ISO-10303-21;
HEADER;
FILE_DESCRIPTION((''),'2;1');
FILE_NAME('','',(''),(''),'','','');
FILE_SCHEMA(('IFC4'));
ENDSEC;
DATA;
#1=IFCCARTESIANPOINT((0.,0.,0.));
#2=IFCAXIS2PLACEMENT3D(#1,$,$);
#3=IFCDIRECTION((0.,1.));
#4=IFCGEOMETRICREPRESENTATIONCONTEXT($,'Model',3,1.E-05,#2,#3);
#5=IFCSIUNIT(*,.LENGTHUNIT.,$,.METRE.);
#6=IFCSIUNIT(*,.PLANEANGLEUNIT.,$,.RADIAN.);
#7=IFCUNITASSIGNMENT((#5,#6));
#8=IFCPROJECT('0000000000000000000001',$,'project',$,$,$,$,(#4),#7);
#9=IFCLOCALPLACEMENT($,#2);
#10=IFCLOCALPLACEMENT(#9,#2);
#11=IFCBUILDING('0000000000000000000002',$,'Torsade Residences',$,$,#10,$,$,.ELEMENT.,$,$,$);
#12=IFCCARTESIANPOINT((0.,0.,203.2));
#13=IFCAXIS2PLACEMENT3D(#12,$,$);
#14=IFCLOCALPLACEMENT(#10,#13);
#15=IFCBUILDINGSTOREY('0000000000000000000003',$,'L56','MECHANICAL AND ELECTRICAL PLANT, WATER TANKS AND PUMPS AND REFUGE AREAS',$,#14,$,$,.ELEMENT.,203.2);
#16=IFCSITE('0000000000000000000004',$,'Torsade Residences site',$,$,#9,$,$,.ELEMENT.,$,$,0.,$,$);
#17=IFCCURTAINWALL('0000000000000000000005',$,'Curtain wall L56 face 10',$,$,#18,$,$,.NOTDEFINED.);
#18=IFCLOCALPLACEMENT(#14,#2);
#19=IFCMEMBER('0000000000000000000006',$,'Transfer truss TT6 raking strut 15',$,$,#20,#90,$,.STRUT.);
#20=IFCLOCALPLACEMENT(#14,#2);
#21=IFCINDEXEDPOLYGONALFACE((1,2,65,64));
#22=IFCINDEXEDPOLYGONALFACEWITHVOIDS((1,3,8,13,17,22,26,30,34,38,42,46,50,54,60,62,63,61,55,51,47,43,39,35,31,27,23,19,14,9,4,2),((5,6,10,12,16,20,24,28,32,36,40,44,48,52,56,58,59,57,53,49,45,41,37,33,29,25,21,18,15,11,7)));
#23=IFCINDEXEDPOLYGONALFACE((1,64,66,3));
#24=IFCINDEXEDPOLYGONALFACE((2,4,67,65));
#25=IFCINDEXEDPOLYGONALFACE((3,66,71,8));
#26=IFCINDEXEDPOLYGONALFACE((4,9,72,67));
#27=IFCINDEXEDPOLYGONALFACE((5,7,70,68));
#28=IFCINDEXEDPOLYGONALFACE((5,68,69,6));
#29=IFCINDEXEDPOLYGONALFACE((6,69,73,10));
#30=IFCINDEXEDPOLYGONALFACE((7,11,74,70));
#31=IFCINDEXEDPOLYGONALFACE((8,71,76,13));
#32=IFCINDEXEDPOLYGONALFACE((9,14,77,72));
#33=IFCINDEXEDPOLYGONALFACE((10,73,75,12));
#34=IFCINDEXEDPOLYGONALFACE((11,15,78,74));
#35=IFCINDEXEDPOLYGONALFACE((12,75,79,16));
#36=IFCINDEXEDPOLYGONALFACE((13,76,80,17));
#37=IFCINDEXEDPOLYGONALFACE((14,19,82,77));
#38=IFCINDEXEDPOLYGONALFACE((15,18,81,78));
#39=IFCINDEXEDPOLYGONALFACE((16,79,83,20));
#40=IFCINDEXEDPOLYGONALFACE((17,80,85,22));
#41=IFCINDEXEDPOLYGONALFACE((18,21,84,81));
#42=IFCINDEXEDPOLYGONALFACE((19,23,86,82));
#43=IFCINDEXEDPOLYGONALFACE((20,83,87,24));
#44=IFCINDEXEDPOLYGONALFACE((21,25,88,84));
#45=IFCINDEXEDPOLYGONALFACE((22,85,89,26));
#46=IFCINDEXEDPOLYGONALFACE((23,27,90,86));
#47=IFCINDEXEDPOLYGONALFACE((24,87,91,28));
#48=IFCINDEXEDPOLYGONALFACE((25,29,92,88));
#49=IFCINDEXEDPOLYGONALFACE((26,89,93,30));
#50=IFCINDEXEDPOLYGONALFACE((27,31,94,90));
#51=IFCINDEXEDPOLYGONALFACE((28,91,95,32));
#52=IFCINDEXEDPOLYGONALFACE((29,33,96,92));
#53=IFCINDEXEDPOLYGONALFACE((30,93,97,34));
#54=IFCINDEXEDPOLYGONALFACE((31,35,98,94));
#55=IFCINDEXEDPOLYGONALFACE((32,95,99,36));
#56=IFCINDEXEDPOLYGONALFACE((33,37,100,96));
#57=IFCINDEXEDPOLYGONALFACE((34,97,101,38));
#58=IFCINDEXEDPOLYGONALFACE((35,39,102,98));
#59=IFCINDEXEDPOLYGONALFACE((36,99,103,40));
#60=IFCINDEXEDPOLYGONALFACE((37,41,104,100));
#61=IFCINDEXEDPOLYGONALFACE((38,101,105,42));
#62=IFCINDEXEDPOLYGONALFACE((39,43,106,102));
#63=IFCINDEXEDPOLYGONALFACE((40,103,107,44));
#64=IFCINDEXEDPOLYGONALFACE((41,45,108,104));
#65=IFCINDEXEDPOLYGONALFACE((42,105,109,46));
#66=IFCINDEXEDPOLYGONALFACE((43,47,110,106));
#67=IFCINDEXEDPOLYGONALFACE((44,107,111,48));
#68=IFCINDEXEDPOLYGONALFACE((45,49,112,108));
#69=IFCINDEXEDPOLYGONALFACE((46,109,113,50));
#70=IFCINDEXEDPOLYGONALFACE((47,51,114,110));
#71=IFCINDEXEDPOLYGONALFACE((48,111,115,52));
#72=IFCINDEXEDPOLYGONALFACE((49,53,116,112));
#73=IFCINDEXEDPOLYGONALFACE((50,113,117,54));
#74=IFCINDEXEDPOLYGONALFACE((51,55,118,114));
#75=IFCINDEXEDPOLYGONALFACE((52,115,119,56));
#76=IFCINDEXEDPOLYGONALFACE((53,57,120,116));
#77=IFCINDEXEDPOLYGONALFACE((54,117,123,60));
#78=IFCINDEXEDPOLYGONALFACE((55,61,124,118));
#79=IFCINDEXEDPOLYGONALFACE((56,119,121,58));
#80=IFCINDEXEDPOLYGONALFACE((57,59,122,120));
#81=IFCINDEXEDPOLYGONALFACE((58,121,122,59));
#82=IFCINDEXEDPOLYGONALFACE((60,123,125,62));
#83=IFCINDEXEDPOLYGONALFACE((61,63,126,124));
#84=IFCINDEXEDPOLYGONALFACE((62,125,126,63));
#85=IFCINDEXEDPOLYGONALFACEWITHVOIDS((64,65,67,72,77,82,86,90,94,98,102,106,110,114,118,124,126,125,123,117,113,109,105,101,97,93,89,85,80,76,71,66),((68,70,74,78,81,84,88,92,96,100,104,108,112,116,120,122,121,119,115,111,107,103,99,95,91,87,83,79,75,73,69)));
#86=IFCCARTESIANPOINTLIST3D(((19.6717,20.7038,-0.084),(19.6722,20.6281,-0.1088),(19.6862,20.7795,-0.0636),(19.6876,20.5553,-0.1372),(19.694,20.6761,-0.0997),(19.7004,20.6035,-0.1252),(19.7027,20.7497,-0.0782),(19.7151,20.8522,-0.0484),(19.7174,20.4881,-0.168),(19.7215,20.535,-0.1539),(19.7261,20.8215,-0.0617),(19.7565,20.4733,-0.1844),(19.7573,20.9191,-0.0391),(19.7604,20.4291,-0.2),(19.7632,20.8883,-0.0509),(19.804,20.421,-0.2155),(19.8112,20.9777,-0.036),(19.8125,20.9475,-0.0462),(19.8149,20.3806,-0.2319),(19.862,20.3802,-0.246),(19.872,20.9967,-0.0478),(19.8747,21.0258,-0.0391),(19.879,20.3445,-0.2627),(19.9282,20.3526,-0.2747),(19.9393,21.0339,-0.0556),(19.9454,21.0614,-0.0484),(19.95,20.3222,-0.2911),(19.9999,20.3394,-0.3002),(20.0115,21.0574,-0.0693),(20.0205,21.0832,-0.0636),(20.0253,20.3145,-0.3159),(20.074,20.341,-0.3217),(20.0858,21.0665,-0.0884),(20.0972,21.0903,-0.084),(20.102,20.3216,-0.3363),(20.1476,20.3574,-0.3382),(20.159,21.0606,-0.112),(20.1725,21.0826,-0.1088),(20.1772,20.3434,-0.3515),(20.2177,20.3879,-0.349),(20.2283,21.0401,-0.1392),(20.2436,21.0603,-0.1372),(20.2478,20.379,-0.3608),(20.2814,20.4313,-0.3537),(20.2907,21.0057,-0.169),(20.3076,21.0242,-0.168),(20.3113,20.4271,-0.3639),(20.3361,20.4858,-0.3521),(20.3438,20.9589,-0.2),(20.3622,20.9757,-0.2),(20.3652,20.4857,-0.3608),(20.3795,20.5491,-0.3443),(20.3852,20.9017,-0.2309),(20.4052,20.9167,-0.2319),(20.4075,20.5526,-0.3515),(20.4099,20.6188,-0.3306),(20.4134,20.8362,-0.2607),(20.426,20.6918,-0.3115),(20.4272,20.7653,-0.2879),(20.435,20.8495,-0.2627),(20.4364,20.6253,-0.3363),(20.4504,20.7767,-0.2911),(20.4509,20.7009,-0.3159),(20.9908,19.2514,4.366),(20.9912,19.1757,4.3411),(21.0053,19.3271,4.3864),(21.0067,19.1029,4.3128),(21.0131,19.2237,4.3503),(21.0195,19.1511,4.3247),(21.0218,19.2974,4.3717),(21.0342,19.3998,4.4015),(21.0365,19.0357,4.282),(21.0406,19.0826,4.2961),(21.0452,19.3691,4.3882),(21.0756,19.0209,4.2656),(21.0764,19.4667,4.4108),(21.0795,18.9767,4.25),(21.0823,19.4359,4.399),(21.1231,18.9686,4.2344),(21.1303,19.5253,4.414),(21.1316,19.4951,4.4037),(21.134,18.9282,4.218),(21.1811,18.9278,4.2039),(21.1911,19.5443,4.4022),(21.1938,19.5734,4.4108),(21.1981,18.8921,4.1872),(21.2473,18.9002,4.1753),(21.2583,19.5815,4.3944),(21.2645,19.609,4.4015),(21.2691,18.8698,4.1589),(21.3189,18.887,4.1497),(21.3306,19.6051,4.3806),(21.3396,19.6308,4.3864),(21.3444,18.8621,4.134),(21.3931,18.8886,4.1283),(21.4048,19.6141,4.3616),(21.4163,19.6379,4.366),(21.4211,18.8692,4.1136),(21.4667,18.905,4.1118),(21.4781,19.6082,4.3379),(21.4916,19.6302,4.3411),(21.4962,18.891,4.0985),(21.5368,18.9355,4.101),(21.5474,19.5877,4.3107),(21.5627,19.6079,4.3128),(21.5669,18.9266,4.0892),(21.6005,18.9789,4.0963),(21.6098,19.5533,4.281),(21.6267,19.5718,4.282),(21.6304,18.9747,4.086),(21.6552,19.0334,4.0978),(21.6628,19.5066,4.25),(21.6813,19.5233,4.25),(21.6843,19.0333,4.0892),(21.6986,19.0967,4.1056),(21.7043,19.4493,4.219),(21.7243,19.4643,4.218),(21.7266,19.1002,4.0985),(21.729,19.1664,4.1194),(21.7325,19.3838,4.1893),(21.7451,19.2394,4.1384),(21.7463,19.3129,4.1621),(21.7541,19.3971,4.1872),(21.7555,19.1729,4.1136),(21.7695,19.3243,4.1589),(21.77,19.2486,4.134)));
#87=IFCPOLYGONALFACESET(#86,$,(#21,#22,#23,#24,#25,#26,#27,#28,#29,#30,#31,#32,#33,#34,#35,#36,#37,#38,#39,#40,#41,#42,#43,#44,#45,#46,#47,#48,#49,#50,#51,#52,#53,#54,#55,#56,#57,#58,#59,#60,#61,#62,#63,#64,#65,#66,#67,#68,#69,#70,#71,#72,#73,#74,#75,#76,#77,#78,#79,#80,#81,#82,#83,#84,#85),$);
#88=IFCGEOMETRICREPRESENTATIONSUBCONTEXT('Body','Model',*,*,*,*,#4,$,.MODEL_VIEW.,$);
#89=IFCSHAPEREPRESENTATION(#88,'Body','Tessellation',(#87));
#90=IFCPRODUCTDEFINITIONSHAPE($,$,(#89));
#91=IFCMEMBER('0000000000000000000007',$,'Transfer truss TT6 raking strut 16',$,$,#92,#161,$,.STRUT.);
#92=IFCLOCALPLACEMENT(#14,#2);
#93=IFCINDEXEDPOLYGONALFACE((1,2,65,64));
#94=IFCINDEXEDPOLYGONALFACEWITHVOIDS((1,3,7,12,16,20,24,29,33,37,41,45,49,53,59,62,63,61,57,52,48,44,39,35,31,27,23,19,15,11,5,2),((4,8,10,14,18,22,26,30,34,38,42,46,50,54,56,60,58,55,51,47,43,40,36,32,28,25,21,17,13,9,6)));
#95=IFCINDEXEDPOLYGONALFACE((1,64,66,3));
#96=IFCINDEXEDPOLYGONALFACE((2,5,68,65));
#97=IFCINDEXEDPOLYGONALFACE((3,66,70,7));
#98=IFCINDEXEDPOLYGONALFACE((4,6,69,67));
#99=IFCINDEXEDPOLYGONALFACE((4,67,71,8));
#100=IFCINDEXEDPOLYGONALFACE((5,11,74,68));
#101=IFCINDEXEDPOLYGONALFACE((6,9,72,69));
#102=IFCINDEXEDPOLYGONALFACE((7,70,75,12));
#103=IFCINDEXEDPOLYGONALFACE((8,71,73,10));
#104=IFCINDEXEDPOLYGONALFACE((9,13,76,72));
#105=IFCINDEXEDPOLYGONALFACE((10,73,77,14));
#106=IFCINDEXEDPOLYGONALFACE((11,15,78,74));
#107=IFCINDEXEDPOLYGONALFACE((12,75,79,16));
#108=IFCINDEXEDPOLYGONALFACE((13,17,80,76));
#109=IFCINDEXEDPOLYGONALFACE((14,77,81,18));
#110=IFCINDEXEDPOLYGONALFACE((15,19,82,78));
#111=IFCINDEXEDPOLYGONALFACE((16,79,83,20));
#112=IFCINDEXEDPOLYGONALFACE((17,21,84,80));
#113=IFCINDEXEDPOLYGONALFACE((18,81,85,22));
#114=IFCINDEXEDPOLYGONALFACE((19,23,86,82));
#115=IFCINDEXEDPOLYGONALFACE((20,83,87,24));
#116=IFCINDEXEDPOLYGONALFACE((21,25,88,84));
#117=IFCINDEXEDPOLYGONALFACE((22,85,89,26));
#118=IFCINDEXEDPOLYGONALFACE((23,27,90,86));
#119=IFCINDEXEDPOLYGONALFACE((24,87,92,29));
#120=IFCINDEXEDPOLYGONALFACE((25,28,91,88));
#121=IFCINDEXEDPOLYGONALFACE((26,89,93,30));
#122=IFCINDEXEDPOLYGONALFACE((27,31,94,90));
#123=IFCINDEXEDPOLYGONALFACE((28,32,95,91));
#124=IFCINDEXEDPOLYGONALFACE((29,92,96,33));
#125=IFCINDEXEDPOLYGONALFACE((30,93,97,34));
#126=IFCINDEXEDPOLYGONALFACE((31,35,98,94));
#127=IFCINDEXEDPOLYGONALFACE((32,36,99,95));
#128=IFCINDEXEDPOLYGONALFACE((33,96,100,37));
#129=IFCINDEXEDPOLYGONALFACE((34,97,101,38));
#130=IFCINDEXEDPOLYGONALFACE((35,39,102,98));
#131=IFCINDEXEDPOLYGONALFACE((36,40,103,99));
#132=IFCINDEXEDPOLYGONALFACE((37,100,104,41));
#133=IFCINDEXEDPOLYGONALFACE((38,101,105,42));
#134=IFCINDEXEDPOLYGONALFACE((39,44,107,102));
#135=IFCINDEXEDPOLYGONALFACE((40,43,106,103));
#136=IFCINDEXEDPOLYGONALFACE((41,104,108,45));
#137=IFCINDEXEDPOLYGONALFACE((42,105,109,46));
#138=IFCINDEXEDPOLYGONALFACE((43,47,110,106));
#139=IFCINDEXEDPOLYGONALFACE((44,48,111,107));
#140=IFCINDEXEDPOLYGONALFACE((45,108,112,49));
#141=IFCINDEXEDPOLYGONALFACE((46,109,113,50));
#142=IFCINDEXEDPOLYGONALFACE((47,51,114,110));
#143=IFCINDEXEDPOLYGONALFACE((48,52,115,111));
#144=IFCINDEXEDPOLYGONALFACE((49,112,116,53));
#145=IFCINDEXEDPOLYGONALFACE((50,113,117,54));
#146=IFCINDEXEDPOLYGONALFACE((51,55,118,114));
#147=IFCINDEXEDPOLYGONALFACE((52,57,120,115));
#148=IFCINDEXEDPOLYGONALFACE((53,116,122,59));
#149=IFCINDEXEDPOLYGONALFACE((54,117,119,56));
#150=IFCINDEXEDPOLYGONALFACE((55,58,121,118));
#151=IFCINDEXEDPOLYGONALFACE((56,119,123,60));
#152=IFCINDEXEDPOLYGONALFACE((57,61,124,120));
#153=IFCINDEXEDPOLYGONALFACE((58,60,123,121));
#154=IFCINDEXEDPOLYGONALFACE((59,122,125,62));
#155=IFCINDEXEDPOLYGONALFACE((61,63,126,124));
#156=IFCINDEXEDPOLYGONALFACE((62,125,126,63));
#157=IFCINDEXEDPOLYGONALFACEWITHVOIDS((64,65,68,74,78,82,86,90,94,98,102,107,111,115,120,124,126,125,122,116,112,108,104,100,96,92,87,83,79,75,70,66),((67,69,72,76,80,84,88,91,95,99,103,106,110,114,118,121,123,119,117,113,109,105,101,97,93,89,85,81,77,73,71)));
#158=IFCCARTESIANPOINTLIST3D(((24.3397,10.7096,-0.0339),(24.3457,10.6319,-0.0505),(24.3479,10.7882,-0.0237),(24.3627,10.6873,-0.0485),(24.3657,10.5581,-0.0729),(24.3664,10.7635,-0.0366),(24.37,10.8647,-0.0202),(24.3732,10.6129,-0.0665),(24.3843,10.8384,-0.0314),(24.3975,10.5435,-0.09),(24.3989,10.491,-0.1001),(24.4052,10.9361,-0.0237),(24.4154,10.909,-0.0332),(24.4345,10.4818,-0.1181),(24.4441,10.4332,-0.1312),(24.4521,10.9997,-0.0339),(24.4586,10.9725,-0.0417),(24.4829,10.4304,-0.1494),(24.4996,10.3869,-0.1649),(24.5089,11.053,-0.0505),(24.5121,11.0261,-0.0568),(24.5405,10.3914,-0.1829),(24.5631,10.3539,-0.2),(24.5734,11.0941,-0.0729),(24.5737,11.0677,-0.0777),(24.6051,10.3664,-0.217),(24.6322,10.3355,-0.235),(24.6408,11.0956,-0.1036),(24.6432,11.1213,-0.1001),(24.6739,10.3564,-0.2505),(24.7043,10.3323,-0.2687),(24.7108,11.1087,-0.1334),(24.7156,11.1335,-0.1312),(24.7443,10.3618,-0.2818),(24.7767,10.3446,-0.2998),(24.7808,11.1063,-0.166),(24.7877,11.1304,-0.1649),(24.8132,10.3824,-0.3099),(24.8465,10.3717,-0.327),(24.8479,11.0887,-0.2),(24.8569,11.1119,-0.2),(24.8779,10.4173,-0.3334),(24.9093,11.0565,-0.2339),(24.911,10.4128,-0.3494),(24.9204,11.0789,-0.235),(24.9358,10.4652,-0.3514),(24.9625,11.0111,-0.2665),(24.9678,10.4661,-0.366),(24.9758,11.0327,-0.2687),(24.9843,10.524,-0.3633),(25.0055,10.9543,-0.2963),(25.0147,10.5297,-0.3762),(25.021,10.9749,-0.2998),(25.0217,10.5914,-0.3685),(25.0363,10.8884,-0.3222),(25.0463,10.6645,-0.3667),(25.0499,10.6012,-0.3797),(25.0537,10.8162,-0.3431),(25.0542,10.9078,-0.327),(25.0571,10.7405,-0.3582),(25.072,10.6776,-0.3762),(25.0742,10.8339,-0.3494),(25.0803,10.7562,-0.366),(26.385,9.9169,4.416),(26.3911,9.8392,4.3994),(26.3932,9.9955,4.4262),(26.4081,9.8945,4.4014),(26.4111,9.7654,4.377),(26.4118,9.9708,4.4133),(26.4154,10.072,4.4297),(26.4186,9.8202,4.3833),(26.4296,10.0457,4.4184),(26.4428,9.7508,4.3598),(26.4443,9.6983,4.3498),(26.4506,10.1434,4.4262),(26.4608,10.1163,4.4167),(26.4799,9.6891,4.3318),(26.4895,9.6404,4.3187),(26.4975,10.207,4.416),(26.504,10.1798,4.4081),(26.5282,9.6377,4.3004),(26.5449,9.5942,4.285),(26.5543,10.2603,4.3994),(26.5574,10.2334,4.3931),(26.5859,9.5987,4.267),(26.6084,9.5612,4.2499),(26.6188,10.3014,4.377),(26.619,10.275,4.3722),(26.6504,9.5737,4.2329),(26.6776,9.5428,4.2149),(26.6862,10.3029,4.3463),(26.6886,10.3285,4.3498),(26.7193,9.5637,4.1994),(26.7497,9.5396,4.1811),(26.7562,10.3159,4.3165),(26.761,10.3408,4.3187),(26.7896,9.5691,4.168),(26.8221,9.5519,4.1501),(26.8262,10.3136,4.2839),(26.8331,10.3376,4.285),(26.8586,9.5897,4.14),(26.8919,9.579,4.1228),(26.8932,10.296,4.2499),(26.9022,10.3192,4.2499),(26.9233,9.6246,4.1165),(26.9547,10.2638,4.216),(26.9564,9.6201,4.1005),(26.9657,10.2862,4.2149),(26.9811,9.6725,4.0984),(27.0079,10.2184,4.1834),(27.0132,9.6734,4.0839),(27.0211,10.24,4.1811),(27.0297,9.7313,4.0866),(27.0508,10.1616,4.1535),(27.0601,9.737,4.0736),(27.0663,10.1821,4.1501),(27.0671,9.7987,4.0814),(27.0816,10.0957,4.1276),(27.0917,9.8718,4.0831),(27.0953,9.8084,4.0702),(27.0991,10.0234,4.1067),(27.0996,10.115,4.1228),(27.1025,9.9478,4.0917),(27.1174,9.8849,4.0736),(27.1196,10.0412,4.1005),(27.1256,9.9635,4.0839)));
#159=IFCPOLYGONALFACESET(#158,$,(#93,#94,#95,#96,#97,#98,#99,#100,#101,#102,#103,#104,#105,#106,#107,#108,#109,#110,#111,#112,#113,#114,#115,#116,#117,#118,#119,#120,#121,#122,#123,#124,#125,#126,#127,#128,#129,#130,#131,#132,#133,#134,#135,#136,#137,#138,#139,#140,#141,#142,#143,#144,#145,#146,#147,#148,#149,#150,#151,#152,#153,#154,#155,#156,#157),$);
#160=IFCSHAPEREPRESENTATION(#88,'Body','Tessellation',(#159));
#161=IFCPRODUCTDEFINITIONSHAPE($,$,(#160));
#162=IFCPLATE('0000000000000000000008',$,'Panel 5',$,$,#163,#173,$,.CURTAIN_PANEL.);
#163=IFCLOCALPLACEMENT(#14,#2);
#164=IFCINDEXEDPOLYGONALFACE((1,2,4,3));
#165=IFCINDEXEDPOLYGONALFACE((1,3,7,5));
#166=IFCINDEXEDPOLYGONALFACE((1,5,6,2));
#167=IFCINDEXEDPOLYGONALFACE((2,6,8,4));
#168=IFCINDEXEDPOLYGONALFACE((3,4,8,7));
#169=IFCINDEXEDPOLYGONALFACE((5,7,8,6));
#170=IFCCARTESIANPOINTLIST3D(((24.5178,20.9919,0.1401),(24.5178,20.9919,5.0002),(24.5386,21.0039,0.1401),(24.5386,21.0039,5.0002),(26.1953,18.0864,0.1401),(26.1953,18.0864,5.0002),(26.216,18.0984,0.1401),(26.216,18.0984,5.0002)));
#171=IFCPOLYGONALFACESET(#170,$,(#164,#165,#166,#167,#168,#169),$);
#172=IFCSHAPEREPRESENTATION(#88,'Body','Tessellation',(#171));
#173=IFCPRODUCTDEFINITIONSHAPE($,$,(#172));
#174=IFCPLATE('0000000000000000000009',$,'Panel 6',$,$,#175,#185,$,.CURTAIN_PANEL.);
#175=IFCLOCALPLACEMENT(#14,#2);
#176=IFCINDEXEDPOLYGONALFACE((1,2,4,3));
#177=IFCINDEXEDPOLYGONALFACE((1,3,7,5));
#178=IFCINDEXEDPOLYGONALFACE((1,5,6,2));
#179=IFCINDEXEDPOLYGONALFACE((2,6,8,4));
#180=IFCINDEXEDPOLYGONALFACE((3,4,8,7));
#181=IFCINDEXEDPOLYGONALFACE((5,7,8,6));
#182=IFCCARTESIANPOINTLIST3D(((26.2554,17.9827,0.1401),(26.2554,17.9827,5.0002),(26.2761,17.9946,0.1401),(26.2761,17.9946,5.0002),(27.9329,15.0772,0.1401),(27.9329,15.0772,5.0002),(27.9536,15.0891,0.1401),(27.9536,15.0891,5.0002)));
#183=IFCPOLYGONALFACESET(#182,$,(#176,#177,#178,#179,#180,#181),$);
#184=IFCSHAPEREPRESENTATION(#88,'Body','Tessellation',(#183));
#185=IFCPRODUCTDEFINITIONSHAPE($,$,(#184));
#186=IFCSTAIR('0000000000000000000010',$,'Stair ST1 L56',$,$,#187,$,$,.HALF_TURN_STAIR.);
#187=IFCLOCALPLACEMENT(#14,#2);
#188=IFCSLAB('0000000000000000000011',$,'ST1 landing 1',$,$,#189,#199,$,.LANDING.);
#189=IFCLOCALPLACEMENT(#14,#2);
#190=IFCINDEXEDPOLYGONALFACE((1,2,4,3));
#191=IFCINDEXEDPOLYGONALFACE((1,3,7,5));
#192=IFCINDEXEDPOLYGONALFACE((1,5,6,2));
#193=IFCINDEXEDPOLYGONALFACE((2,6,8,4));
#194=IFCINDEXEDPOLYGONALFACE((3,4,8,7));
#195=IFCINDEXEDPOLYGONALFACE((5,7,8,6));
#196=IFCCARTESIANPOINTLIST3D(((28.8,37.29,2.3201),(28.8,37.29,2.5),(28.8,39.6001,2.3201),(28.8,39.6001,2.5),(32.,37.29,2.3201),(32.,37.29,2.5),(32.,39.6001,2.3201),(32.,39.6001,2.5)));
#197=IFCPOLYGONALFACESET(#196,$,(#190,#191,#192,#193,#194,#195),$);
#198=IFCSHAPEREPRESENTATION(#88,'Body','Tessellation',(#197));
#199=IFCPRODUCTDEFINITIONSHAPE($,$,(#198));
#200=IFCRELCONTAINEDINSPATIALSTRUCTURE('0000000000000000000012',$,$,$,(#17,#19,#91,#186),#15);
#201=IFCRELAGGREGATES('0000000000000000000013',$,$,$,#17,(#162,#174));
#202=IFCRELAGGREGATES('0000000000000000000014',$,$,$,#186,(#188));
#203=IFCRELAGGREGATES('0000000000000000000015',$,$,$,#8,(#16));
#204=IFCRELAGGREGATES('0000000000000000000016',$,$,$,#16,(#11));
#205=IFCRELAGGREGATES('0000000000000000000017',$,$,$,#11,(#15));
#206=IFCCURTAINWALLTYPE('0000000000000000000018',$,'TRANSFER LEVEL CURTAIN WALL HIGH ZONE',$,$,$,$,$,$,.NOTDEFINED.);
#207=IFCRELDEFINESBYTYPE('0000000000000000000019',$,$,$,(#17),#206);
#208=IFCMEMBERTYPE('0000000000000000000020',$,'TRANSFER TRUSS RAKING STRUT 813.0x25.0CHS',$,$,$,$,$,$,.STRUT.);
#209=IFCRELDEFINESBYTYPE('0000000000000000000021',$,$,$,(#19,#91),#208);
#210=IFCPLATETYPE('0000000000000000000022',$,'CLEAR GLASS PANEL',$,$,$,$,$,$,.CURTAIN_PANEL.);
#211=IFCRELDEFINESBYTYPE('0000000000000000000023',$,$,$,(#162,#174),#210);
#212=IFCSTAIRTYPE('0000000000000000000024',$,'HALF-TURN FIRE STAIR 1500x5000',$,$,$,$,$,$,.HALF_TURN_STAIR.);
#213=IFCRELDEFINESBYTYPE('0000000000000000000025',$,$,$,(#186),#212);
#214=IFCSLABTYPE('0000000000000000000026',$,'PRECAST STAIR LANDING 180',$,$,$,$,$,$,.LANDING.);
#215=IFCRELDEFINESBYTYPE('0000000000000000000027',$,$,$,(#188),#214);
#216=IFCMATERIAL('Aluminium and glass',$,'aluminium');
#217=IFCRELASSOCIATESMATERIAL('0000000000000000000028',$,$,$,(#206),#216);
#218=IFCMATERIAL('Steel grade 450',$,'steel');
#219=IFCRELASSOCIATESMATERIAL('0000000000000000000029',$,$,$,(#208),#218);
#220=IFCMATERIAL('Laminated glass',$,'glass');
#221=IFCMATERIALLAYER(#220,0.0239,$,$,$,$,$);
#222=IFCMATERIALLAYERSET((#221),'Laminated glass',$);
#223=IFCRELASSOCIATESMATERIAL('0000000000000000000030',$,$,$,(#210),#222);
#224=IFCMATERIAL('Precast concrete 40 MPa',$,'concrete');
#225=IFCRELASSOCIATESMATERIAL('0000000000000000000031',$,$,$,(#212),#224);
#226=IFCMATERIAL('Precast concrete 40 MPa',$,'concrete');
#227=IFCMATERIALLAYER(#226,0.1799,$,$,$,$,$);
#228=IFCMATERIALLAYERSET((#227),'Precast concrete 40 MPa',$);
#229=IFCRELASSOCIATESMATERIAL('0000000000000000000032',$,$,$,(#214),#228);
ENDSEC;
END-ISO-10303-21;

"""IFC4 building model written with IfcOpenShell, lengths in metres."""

from ifc_helpers import new_model, si_unit, direction, frame, origin, origin_2d, place, context, subcontext, project, spatial, polyline, rectangle, hollow_circle, outline, extrude, material, layer, layer_set, material_profile, profile_set, type_object, element, aggregate, save


model = new_model("IFC4")

# Units and contexts
model_context = context("Model", 3, precision=1e-05, world=origin(), true_north=direction((0.0, 1.0)))
body_context = subcontext(model_context, "Body", "Model", "MODEL_VIEW")
ifc_project = project(units=[si_unit("LENGTHUNIT", "METRE"), si_unit("PLANEANGLEUNIT", "RADIAN")], contexts=[model_context])

# Site, building, storey
site_placement = place(None, origin())
site = spatial("IfcSite", under=ifc_project, at=site_placement, Name="Torsade Residences site", CompositionType="ELEMENT", RefElevation=0.0)
building_placement = place(site_placement, origin())
building = spatial("IfcBuilding", under=site, at=building_placement, Name="Torsade Residences", CompositionType="ELEMENT")
storey_placement = place(building_placement, frame((0.0, 0.0, 203.2)))
storey = spatial("IfcBuildingStorey", under=building, at=storey_placement, Name="L56", Description="MECHANICAL AND ELECTRICAL PLANT, WATER TANKS AND PUMPS AND REFUGE AREAS", CompositionType="ELEMENT", Elevation=203.2)

# Curtain wall
ifc_material_1 = material(Name="Aluminium and glass", Category="aluminium")
curtain_wall_type = type_object("IfcCurtainWallType", Name="TRANSFER LEVEL CURTAIN WALL HIGH ZONE", PredefinedType="NOTDEFINED", material=ifc_material_1)
curtain_wall_placement = place(storey_placement, origin())
curtain_wall = element("IfcCurtainWall", 1, at=curtain_wall_placement, inside=storey, type_object=curtain_wall_type, Name="Curtain wall L56 face 10", PredefinedType="NOTDEFINED")

# Members
ifc_material_2 = material(Name="Steel grade 450", Category="steel")
ifc_material_profile_1 = material_profile(ifc_material_2, hollow_circle(Radius=0.4065, WallThickness=0.0249, at=origin_2d()), Name="813.0x25.0CHS")
ifc_profile_set_1 = profile_set([ifc_material_profile_1], Name="Steel grade 450")
member_type_1 = type_object("IfcMemberType", Name="TRANSFER TRUSS RAKING STRUT 813.0x25.0CHS", PredefinedType="STRUT", material=ifc_profile_set_1)
member_1_placement = place(storey_placement, frame((20.0613, 20.7024, -0.2), z_axis=(0.271235, -0.298645, 0.91501), x_axis=(0.740261, 0.67232, 0.0)))
element("IfcMember", 2, at=member_1_placement, inside=storey, type_object=member_type_1, Name="Transfer truss TT6 raking strut 15", PredefinedType="STRUT", context=body_context, shape_type="SweptSolid", body=[
    extrude(hollow_circle(Radius=0.4065, WallThickness=0.0249, at=origin_2d()), origin(), (0.0, 0.0, 1.0), 4.8633),
])
member_2_placement = place(storey_placement, frame((24.71, 10.7329, -0.2), z_axis=(0.412276, -0.159783, 0.896938), x_axis=(0.361372, 0.932422, 0.0)))
element("IfcMember", 3, at=member_2_placement, inside=storey, type_object=member_type_1, Name="Transfer truss TT6 raking strut 16", PredefinedType="STRUT", context=body_context, shape_type="SweptSolid", body=[
    extrude(hollow_circle(Radius=0.4065, WallThickness=0.0249, at=origin_2d()), origin(), (0.0, 0.0, 1.0), 4.9612),
])

# Plates
ifc_material_3 = material(Name="Laminated glass", Category="glass")
ifc_layer_1 = layer(ifc_material_3, 0.0239)
ifc_layer_set_1 = layer_set([ifc_layer_1], Name="Laminated glass")
plate_type = type_object("IfcPlateType", Name="CLEAR GLASS PANEL", PredefinedType="CURTAIN_PANEL", material=ifc_layer_set_1)
plate_1_placement = place(storey_placement, frame((25.3669, 19.5452, 0.1401), z_axis=(0.0, 0.0, 1.0), x_axis=(0.5, -0.866025, 0.0)))
plate_1 = element("IfcPlate", 4, at=plate_1_placement, type_object=plate_type, Name="Panel 5", PredefinedType="CURTAIN_PANEL", context=body_context, shape_type="SweptSolid", body=[
    extrude(rectangle(XDim=3.355, YDim=0.0239, at=origin_2d()), origin(), (0.0, 0.0, 1.0), 4.8601),
])
plate_2_placement = place(storey_placement, frame((27.1045, 16.5359, 0.1401), z_axis=(0.0, 0.0, 1.0), x_axis=(0.5, -0.866025, 0.0)))
plate_2 = element("IfcPlate", 5, at=plate_2_placement, type_object=plate_type, Name="Panel 6", PredefinedType="CURTAIN_PANEL", context=body_context, shape_type="SweptSolid", body=[
    extrude(rectangle(XDim=3.355, YDim=0.0239, at=origin_2d()), origin(), (0.0, 0.0, 1.0), 4.8601),
])
aggregate(curtain_wall, [plate_1, plate_2])

# Stair, slab
ifc_material_4 = material(Name="Precast concrete 40 MPa", Category="concrete")
stair_type = type_object("IfcStairType", Name="HALF-TURN FIRE STAIR 1500x5000", PredefinedType="HALF_TURN_STAIR", material=ifc_material_4)
stair_1_placement = place(storey_placement, origin())
stair_1 = element("IfcStair", 6, at=stair_1_placement, inside=storey, type_object=stair_type, Name="Stair ST1 L56", PredefinedType="HALF_TURN_STAIR")
ifc_material_5 = material(Name="Precast concrete 40 MPa", Category="concrete")
ifc_layer_2 = layer(ifc_material_5, 0.1799)
ifc_layer_set_2 = layer_set([ifc_layer_2], Name="Precast concrete 40 MPa")
slab_type_1 = type_object("IfcSlabType", Name="PRECAST STAIR LANDING 180", PredefinedType="LANDING", material=ifc_layer_set_2)
slab_1_placement = place(storey_placement, frame((0.0, 0.0, 2.3201)))
slab_1 = element("IfcSlab", 7, at=slab_1_placement, type_object=slab_type_1, Name="ST1 landing 1", PredefinedType="LANDING", context=body_context, shape_type="SweptSolid", body=[
    extrude(outline(polyline([(28.8, 37.29), (32.0, 37.29), (32.0, 39.6001), (28.8, 39.6001), (28.8, 37.29)])), origin(), (0.0, 0.0, 1.0), 0.1799),
])
aggregate(stair_1, [slab_1])

save(model, "model.ifc")
